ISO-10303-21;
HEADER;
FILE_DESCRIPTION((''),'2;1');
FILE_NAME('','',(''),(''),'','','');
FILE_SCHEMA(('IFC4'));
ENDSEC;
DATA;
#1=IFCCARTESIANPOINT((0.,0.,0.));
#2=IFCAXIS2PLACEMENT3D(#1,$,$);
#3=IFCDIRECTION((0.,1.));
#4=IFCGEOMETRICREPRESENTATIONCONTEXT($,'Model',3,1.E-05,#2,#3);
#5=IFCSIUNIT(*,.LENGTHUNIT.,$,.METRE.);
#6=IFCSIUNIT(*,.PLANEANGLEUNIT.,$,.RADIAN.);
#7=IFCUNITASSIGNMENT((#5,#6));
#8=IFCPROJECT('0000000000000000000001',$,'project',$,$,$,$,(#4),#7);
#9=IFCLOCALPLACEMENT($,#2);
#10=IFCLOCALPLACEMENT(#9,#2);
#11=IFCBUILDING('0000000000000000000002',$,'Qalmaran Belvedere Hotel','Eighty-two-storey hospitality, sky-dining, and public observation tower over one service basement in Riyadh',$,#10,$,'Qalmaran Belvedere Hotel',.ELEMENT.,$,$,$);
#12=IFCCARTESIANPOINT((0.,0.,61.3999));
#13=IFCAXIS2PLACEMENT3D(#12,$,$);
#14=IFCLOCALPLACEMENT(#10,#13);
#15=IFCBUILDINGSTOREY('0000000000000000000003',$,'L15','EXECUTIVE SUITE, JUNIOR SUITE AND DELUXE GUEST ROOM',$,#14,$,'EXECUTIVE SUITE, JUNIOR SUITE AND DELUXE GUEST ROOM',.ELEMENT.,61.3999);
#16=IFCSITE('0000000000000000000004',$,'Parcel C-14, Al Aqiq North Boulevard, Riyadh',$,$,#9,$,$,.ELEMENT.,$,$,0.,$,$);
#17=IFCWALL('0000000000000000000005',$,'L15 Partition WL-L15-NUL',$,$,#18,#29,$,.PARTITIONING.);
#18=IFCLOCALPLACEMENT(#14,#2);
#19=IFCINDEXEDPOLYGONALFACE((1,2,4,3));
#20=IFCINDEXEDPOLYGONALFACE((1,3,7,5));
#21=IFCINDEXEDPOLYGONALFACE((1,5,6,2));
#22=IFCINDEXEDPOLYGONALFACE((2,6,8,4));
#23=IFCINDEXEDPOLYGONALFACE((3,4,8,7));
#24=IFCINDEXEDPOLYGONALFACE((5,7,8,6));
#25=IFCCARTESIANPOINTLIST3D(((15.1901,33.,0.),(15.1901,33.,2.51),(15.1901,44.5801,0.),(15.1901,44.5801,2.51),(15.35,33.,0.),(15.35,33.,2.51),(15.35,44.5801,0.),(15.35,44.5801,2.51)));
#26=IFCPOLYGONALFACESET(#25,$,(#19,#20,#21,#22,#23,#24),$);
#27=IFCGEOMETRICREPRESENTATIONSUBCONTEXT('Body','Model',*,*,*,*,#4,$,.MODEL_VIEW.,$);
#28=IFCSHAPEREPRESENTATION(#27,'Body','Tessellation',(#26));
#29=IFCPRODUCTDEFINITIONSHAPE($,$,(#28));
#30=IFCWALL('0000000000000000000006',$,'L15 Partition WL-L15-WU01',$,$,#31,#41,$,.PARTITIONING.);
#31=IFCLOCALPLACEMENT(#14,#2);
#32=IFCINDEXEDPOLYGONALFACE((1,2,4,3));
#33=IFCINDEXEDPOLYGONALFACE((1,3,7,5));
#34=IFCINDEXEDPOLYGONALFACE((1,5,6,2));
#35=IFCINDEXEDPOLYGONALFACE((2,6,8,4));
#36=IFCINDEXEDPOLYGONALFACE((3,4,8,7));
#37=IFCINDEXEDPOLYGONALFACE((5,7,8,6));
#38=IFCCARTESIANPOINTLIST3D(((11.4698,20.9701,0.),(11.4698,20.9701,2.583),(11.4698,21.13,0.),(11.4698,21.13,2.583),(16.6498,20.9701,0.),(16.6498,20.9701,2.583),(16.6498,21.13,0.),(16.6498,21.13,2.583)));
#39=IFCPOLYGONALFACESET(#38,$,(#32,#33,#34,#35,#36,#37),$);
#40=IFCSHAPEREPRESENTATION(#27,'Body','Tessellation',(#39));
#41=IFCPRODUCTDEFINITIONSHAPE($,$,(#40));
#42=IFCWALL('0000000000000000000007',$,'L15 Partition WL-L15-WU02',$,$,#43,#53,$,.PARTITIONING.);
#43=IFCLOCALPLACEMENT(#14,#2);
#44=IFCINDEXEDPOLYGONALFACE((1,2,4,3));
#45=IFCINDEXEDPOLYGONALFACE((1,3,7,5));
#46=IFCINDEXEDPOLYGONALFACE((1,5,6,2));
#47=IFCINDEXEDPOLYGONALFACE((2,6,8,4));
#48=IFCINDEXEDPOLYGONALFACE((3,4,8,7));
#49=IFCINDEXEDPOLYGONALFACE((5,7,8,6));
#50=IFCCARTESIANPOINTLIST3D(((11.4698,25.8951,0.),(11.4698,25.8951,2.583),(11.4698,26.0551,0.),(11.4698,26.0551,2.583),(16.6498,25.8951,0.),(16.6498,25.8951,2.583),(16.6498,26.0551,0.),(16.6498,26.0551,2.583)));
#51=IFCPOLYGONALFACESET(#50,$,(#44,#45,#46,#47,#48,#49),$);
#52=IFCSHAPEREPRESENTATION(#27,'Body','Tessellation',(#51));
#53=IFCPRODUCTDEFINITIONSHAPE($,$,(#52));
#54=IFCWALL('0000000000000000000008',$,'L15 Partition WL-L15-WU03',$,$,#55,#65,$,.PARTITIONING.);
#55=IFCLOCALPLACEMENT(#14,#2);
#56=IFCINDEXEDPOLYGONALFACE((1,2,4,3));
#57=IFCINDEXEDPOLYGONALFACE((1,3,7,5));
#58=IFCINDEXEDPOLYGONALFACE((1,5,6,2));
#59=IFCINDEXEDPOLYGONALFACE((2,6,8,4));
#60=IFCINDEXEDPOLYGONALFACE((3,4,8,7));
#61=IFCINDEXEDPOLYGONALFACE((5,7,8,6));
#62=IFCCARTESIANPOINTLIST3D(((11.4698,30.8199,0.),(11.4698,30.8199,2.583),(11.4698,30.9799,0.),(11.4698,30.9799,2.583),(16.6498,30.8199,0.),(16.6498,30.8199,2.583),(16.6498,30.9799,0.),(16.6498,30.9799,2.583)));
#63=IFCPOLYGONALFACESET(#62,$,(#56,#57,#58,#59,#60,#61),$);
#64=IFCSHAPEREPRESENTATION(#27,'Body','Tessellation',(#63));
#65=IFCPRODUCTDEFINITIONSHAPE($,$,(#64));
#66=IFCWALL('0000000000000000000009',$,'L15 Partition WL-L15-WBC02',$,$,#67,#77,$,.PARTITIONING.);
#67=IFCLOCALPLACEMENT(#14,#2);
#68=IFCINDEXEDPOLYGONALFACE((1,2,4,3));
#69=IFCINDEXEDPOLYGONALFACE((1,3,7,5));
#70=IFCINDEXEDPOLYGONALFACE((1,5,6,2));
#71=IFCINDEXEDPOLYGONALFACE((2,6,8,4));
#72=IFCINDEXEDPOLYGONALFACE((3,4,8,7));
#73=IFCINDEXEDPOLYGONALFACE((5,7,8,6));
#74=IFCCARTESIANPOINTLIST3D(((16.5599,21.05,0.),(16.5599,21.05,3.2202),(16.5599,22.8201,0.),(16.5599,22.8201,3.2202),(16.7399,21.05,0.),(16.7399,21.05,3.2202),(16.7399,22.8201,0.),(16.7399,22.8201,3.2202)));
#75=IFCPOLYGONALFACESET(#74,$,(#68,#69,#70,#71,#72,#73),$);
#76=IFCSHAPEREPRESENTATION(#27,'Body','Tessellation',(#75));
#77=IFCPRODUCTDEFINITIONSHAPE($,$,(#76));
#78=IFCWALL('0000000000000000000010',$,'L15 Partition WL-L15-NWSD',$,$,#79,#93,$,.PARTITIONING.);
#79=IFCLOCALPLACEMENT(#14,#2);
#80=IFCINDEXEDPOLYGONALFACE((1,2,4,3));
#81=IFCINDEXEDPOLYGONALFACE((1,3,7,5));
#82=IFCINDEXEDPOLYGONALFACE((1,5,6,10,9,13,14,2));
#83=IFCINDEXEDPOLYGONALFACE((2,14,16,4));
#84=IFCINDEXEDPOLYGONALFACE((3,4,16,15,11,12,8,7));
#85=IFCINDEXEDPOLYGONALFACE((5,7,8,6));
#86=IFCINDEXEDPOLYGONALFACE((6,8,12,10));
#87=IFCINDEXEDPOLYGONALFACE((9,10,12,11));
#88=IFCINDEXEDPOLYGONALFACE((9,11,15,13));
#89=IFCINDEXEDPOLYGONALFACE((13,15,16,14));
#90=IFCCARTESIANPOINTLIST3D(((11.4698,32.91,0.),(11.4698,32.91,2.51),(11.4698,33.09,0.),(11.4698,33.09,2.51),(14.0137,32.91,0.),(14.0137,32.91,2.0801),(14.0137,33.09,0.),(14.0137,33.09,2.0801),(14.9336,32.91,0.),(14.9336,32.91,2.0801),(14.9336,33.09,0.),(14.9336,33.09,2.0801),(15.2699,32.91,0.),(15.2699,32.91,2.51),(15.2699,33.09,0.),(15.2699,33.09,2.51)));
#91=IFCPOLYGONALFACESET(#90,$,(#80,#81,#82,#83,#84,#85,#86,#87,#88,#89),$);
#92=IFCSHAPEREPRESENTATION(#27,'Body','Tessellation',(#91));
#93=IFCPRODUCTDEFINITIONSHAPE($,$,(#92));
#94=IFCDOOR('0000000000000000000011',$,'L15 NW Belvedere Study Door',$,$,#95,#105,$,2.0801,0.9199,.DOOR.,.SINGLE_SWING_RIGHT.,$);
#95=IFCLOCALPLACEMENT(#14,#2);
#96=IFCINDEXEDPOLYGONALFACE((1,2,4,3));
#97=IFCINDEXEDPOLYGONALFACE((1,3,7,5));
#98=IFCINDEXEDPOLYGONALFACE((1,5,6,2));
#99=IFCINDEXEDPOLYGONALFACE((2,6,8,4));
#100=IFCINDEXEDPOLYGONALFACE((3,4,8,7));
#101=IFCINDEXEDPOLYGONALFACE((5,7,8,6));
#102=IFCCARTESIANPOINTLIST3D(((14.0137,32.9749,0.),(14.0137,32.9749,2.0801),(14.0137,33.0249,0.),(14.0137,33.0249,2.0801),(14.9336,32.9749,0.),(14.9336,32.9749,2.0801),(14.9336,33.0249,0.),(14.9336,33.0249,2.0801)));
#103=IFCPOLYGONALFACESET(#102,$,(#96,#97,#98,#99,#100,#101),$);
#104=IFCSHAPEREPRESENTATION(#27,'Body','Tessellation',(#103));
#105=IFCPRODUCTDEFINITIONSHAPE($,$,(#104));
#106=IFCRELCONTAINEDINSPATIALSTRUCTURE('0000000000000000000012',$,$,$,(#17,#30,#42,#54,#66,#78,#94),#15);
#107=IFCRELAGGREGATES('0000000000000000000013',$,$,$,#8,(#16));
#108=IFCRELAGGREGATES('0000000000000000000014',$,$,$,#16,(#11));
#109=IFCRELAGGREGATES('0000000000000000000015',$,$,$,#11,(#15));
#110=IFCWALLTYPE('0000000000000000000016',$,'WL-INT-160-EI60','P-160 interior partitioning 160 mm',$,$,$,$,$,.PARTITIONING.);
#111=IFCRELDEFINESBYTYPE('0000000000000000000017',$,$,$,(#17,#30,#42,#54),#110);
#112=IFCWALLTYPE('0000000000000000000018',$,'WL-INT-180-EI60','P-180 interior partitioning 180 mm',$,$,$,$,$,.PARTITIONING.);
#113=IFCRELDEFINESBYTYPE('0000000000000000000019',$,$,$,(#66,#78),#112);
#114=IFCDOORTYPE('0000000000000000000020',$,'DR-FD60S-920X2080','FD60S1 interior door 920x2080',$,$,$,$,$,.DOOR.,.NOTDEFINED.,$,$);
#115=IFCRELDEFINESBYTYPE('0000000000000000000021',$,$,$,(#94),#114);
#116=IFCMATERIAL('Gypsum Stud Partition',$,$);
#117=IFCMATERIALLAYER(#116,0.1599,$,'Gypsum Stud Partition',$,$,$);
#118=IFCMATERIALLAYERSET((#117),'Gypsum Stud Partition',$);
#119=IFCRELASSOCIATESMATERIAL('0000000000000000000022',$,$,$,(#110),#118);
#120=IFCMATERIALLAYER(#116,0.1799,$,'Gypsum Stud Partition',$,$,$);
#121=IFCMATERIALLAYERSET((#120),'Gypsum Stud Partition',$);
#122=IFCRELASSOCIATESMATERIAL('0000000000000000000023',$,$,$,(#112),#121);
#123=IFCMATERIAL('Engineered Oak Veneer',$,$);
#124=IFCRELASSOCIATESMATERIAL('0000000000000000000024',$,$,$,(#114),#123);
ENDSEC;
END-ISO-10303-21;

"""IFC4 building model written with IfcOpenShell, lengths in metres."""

from ifc_helpers import new_model, si_unit, direction, frame, frame_2d, origin, place, context, subcontext, project, spatial, rectangle, extrude, material, layer, layer_set, type_object, element, fill, save


model = new_model("IFC4")

# Units and contexts
model_context = context("Model", 3, precision=1e-05, world=origin(), true_north=direction((0.0, 1.0)))
body_context = subcontext(model_context, "Body", "Model", "MODEL_VIEW")
ifc_project = project(units=[si_unit("LENGTHUNIT", "METRE"), si_unit("PLANEANGLEUNIT", "RADIAN")], contexts=[model_context])

# Site, building, storey
site_placement = place(None, origin())
site = spatial("IfcSite", under=ifc_project, at=site_placement, Name="Parcel C-14, Al Aqiq North Boulevard, Riyadh", CompositionType="ELEMENT", RefElevation=0.0)
building_placement = place(site_placement, origin())
building = spatial("IfcBuilding", under=site, at=building_placement, Name="Qalmaran Belvedere Hotel", Description="Eighty-two-storey hospitality, sky-dining, and public observation tower over one service basement in Riyadh", LongName="Qalmaran Belvedere Hotel", CompositionType="ELEMENT")
storey_placement = place(building_placement, frame((0.0, 0.0, 61.3999)))
storey = spatial("IfcBuildingStorey", under=building, at=storey_placement, Name="L15", Description="EXECUTIVE SUITE, JUNIOR SUITE AND DELUXE GUEST ROOM", LongName="EXECUTIVE SUITE, JUNIOR SUITE AND DELUXE GUEST ROOM", CompositionType="ELEMENT", Elevation=61.3999)

# Shared definitions
ifc_material_1 = material(Name="Engineered Oak Veneer")

# Shared definitions
ifc_material_2 = material(Name="Gypsum Stud Partition")

# Walls
ifc_layer_1 = layer(ifc_material_2, 0.1599, Name="Gypsum Stud Partition")
ifc_layer_set_1 = layer_set([ifc_layer_1], Name="Gypsum Stud Partition")
wall_type_1 = type_object("IfcWallType", Name="WL-INT-160-EI60", Description="P-160 interior partitioning 160 mm", PredefinedType="PARTITIONING", material=ifc_layer_set_1)
wall_1_placement = place(storey_placement, frame((15.27, 33.0, 0.0), z_axis=(0.0, 0.0, 1.0), x_axis=(0.0, 1.0, 0.0)))
element("IfcWall", 1, at=wall_1_placement, inside=storey, type_object=wall_type_1, Name="L15 Partition WL-L15-NUL", PredefinedType="PARTITIONING", context=body_context, shape_type="SweptSolid", body=[
    extrude(rectangle(XDim=11.5801, YDim=0.1599, at=frame_2d((5.79, 0.0))), origin(), (0.0, 0.0, 1.0), 2.51),
])
for number, where, z_axis, x_axis, name in (
    (2, (11.47, 21.05, 0.0), (0.0, 0.0, 1.0), (1.0, 0.0, 0.0), "L15 Partition WL-L15-WU01"),
    (3, (11.47, 25.9751, 0.0), (0.0, 0.0, 1.0), (1.0, 0.0, 0.0), "L15 Partition WL-L15-WU02"),
    (4, (11.47, 30.8999, 0.0), (0.0, 0.0, 1.0), (1.0, 0.0, 0.0), "L15 Partition WL-L15-WU03"),
):
    element("IfcWall", number, at=place(storey_placement, frame(where, z_axis=z_axis, x_axis=x_axis)), inside=storey, type_object=wall_type_1, Name=name, PredefinedType="PARTITIONING", context=body_context, shape_type="SweptSolid", body=[
        extrude(rectangle(XDim=5.1799, YDim=0.1599, at=frame_2d((2.5898, 0.0))), origin(), (0.0, 0.0, 1.0), 2.583),
    ])

# Shared definitions
ifc_layer_2 = layer(ifc_material_2, 0.1799, Name="Gypsum Stud Partition")
ifc_layer_set_2 = layer_set([ifc_layer_2], Name="Gypsum Stud Partition")
wall_type_2 = type_object("IfcWallType", Name="WL-INT-180-EI60", Description="P-180 interior partitioning 180 mm", PredefinedType="PARTITIONING", material=ifc_layer_set_2)

# Wall
wall_2_placement = place(storey_placement, frame((16.6499, 21.05, 0.0), z_axis=(0.0, 0.0, 1.0), x_axis=(0.0, 1.0, 0.0)))
element("IfcWall", 5, at=wall_2_placement, inside=storey, type_object=wall_type_2, Name="L15 Partition WL-L15-WBC02", PredefinedType="PARTITIONING", context=body_context, shape_type="SweptSolid", body=[
    extrude(rectangle(XDim=1.77, YDim=0.1799, at=frame_2d((0.885, 0.0))), origin(), (0.0, 0.0, 1.0), 3.2202),
])

# Wall, opening, door
wall_3_placement = place(storey_placement, frame((11.47, 33.0, 0.0), z_axis=(0.0, 0.0, 1.0), x_axis=(1.0, 0.0, 0.0)))
wall_3 = element("IfcWall", 6, at=wall_3_placement, inside=storey, type_object=wall_type_2, Name="L15 Partition WL-L15-NWSD", PredefinedType="PARTITIONING", context=body_context, shape_type="SweptSolid", body=[
    extrude(rectangle(XDim=3.8, YDim=0.1799, at=frame_2d((1.8999, 0.0))), origin(), (0.0, 0.0, 1.0), 2.51),
])
opening_1_placement = place(wall_3_placement, frame((2.5437, 0.0, 0.0)))
opening_1 = element("IfcOpeningElement", 7, at=opening_1_placement, cuts=wall_3, PredefinedType="OPENING", context=body_context, shape_type="SweptSolid", body=[
    extrude(rectangle(XDim=0.9199, YDim=2.0801, at=frame_2d((0.46, 1.04))), frame((0.0, 0.1001, 0.0), z_axis=(0.0, -1.0, 0.0), x_axis=(1.0, 0.0, 0.0)), (0.0, 0.0, 1.0), 0.2),
])
door_type_1 = type_object("IfcDoorType", Name="DR-FD60S-920X2080", Description="FD60S1 interior door 920x2080", OperationType="NOTDEFINED", PredefinedType="DOOR", material=ifc_material_1)
door_1_placement = place(opening_1_placement, origin())
door_1 = element("IfcDoor", 8, at=door_1_placement, inside=storey, type_object=door_type_1, Name="L15 NW Belvedere Study Door", OperationType="SINGLE_SWING_RIGHT", OverallHeight=2.0801, OverallWidth=0.9199, PredefinedType="DOOR", context=body_context, shape_type="SweptSolid", body=[
    extrude(rectangle(XDim=0.9199, YDim=2.0801, at=frame_2d((0.46, 1.04))), frame((0.0, 0.0249, 0.0), z_axis=(0.0, -1.0, 0.0), x_axis=(1.0, 0.0, 0.0)), (0.0, 0.0, 1.0), 0.05),
])
fill(opening_1, door_1)

save(model, "model.ifc")
